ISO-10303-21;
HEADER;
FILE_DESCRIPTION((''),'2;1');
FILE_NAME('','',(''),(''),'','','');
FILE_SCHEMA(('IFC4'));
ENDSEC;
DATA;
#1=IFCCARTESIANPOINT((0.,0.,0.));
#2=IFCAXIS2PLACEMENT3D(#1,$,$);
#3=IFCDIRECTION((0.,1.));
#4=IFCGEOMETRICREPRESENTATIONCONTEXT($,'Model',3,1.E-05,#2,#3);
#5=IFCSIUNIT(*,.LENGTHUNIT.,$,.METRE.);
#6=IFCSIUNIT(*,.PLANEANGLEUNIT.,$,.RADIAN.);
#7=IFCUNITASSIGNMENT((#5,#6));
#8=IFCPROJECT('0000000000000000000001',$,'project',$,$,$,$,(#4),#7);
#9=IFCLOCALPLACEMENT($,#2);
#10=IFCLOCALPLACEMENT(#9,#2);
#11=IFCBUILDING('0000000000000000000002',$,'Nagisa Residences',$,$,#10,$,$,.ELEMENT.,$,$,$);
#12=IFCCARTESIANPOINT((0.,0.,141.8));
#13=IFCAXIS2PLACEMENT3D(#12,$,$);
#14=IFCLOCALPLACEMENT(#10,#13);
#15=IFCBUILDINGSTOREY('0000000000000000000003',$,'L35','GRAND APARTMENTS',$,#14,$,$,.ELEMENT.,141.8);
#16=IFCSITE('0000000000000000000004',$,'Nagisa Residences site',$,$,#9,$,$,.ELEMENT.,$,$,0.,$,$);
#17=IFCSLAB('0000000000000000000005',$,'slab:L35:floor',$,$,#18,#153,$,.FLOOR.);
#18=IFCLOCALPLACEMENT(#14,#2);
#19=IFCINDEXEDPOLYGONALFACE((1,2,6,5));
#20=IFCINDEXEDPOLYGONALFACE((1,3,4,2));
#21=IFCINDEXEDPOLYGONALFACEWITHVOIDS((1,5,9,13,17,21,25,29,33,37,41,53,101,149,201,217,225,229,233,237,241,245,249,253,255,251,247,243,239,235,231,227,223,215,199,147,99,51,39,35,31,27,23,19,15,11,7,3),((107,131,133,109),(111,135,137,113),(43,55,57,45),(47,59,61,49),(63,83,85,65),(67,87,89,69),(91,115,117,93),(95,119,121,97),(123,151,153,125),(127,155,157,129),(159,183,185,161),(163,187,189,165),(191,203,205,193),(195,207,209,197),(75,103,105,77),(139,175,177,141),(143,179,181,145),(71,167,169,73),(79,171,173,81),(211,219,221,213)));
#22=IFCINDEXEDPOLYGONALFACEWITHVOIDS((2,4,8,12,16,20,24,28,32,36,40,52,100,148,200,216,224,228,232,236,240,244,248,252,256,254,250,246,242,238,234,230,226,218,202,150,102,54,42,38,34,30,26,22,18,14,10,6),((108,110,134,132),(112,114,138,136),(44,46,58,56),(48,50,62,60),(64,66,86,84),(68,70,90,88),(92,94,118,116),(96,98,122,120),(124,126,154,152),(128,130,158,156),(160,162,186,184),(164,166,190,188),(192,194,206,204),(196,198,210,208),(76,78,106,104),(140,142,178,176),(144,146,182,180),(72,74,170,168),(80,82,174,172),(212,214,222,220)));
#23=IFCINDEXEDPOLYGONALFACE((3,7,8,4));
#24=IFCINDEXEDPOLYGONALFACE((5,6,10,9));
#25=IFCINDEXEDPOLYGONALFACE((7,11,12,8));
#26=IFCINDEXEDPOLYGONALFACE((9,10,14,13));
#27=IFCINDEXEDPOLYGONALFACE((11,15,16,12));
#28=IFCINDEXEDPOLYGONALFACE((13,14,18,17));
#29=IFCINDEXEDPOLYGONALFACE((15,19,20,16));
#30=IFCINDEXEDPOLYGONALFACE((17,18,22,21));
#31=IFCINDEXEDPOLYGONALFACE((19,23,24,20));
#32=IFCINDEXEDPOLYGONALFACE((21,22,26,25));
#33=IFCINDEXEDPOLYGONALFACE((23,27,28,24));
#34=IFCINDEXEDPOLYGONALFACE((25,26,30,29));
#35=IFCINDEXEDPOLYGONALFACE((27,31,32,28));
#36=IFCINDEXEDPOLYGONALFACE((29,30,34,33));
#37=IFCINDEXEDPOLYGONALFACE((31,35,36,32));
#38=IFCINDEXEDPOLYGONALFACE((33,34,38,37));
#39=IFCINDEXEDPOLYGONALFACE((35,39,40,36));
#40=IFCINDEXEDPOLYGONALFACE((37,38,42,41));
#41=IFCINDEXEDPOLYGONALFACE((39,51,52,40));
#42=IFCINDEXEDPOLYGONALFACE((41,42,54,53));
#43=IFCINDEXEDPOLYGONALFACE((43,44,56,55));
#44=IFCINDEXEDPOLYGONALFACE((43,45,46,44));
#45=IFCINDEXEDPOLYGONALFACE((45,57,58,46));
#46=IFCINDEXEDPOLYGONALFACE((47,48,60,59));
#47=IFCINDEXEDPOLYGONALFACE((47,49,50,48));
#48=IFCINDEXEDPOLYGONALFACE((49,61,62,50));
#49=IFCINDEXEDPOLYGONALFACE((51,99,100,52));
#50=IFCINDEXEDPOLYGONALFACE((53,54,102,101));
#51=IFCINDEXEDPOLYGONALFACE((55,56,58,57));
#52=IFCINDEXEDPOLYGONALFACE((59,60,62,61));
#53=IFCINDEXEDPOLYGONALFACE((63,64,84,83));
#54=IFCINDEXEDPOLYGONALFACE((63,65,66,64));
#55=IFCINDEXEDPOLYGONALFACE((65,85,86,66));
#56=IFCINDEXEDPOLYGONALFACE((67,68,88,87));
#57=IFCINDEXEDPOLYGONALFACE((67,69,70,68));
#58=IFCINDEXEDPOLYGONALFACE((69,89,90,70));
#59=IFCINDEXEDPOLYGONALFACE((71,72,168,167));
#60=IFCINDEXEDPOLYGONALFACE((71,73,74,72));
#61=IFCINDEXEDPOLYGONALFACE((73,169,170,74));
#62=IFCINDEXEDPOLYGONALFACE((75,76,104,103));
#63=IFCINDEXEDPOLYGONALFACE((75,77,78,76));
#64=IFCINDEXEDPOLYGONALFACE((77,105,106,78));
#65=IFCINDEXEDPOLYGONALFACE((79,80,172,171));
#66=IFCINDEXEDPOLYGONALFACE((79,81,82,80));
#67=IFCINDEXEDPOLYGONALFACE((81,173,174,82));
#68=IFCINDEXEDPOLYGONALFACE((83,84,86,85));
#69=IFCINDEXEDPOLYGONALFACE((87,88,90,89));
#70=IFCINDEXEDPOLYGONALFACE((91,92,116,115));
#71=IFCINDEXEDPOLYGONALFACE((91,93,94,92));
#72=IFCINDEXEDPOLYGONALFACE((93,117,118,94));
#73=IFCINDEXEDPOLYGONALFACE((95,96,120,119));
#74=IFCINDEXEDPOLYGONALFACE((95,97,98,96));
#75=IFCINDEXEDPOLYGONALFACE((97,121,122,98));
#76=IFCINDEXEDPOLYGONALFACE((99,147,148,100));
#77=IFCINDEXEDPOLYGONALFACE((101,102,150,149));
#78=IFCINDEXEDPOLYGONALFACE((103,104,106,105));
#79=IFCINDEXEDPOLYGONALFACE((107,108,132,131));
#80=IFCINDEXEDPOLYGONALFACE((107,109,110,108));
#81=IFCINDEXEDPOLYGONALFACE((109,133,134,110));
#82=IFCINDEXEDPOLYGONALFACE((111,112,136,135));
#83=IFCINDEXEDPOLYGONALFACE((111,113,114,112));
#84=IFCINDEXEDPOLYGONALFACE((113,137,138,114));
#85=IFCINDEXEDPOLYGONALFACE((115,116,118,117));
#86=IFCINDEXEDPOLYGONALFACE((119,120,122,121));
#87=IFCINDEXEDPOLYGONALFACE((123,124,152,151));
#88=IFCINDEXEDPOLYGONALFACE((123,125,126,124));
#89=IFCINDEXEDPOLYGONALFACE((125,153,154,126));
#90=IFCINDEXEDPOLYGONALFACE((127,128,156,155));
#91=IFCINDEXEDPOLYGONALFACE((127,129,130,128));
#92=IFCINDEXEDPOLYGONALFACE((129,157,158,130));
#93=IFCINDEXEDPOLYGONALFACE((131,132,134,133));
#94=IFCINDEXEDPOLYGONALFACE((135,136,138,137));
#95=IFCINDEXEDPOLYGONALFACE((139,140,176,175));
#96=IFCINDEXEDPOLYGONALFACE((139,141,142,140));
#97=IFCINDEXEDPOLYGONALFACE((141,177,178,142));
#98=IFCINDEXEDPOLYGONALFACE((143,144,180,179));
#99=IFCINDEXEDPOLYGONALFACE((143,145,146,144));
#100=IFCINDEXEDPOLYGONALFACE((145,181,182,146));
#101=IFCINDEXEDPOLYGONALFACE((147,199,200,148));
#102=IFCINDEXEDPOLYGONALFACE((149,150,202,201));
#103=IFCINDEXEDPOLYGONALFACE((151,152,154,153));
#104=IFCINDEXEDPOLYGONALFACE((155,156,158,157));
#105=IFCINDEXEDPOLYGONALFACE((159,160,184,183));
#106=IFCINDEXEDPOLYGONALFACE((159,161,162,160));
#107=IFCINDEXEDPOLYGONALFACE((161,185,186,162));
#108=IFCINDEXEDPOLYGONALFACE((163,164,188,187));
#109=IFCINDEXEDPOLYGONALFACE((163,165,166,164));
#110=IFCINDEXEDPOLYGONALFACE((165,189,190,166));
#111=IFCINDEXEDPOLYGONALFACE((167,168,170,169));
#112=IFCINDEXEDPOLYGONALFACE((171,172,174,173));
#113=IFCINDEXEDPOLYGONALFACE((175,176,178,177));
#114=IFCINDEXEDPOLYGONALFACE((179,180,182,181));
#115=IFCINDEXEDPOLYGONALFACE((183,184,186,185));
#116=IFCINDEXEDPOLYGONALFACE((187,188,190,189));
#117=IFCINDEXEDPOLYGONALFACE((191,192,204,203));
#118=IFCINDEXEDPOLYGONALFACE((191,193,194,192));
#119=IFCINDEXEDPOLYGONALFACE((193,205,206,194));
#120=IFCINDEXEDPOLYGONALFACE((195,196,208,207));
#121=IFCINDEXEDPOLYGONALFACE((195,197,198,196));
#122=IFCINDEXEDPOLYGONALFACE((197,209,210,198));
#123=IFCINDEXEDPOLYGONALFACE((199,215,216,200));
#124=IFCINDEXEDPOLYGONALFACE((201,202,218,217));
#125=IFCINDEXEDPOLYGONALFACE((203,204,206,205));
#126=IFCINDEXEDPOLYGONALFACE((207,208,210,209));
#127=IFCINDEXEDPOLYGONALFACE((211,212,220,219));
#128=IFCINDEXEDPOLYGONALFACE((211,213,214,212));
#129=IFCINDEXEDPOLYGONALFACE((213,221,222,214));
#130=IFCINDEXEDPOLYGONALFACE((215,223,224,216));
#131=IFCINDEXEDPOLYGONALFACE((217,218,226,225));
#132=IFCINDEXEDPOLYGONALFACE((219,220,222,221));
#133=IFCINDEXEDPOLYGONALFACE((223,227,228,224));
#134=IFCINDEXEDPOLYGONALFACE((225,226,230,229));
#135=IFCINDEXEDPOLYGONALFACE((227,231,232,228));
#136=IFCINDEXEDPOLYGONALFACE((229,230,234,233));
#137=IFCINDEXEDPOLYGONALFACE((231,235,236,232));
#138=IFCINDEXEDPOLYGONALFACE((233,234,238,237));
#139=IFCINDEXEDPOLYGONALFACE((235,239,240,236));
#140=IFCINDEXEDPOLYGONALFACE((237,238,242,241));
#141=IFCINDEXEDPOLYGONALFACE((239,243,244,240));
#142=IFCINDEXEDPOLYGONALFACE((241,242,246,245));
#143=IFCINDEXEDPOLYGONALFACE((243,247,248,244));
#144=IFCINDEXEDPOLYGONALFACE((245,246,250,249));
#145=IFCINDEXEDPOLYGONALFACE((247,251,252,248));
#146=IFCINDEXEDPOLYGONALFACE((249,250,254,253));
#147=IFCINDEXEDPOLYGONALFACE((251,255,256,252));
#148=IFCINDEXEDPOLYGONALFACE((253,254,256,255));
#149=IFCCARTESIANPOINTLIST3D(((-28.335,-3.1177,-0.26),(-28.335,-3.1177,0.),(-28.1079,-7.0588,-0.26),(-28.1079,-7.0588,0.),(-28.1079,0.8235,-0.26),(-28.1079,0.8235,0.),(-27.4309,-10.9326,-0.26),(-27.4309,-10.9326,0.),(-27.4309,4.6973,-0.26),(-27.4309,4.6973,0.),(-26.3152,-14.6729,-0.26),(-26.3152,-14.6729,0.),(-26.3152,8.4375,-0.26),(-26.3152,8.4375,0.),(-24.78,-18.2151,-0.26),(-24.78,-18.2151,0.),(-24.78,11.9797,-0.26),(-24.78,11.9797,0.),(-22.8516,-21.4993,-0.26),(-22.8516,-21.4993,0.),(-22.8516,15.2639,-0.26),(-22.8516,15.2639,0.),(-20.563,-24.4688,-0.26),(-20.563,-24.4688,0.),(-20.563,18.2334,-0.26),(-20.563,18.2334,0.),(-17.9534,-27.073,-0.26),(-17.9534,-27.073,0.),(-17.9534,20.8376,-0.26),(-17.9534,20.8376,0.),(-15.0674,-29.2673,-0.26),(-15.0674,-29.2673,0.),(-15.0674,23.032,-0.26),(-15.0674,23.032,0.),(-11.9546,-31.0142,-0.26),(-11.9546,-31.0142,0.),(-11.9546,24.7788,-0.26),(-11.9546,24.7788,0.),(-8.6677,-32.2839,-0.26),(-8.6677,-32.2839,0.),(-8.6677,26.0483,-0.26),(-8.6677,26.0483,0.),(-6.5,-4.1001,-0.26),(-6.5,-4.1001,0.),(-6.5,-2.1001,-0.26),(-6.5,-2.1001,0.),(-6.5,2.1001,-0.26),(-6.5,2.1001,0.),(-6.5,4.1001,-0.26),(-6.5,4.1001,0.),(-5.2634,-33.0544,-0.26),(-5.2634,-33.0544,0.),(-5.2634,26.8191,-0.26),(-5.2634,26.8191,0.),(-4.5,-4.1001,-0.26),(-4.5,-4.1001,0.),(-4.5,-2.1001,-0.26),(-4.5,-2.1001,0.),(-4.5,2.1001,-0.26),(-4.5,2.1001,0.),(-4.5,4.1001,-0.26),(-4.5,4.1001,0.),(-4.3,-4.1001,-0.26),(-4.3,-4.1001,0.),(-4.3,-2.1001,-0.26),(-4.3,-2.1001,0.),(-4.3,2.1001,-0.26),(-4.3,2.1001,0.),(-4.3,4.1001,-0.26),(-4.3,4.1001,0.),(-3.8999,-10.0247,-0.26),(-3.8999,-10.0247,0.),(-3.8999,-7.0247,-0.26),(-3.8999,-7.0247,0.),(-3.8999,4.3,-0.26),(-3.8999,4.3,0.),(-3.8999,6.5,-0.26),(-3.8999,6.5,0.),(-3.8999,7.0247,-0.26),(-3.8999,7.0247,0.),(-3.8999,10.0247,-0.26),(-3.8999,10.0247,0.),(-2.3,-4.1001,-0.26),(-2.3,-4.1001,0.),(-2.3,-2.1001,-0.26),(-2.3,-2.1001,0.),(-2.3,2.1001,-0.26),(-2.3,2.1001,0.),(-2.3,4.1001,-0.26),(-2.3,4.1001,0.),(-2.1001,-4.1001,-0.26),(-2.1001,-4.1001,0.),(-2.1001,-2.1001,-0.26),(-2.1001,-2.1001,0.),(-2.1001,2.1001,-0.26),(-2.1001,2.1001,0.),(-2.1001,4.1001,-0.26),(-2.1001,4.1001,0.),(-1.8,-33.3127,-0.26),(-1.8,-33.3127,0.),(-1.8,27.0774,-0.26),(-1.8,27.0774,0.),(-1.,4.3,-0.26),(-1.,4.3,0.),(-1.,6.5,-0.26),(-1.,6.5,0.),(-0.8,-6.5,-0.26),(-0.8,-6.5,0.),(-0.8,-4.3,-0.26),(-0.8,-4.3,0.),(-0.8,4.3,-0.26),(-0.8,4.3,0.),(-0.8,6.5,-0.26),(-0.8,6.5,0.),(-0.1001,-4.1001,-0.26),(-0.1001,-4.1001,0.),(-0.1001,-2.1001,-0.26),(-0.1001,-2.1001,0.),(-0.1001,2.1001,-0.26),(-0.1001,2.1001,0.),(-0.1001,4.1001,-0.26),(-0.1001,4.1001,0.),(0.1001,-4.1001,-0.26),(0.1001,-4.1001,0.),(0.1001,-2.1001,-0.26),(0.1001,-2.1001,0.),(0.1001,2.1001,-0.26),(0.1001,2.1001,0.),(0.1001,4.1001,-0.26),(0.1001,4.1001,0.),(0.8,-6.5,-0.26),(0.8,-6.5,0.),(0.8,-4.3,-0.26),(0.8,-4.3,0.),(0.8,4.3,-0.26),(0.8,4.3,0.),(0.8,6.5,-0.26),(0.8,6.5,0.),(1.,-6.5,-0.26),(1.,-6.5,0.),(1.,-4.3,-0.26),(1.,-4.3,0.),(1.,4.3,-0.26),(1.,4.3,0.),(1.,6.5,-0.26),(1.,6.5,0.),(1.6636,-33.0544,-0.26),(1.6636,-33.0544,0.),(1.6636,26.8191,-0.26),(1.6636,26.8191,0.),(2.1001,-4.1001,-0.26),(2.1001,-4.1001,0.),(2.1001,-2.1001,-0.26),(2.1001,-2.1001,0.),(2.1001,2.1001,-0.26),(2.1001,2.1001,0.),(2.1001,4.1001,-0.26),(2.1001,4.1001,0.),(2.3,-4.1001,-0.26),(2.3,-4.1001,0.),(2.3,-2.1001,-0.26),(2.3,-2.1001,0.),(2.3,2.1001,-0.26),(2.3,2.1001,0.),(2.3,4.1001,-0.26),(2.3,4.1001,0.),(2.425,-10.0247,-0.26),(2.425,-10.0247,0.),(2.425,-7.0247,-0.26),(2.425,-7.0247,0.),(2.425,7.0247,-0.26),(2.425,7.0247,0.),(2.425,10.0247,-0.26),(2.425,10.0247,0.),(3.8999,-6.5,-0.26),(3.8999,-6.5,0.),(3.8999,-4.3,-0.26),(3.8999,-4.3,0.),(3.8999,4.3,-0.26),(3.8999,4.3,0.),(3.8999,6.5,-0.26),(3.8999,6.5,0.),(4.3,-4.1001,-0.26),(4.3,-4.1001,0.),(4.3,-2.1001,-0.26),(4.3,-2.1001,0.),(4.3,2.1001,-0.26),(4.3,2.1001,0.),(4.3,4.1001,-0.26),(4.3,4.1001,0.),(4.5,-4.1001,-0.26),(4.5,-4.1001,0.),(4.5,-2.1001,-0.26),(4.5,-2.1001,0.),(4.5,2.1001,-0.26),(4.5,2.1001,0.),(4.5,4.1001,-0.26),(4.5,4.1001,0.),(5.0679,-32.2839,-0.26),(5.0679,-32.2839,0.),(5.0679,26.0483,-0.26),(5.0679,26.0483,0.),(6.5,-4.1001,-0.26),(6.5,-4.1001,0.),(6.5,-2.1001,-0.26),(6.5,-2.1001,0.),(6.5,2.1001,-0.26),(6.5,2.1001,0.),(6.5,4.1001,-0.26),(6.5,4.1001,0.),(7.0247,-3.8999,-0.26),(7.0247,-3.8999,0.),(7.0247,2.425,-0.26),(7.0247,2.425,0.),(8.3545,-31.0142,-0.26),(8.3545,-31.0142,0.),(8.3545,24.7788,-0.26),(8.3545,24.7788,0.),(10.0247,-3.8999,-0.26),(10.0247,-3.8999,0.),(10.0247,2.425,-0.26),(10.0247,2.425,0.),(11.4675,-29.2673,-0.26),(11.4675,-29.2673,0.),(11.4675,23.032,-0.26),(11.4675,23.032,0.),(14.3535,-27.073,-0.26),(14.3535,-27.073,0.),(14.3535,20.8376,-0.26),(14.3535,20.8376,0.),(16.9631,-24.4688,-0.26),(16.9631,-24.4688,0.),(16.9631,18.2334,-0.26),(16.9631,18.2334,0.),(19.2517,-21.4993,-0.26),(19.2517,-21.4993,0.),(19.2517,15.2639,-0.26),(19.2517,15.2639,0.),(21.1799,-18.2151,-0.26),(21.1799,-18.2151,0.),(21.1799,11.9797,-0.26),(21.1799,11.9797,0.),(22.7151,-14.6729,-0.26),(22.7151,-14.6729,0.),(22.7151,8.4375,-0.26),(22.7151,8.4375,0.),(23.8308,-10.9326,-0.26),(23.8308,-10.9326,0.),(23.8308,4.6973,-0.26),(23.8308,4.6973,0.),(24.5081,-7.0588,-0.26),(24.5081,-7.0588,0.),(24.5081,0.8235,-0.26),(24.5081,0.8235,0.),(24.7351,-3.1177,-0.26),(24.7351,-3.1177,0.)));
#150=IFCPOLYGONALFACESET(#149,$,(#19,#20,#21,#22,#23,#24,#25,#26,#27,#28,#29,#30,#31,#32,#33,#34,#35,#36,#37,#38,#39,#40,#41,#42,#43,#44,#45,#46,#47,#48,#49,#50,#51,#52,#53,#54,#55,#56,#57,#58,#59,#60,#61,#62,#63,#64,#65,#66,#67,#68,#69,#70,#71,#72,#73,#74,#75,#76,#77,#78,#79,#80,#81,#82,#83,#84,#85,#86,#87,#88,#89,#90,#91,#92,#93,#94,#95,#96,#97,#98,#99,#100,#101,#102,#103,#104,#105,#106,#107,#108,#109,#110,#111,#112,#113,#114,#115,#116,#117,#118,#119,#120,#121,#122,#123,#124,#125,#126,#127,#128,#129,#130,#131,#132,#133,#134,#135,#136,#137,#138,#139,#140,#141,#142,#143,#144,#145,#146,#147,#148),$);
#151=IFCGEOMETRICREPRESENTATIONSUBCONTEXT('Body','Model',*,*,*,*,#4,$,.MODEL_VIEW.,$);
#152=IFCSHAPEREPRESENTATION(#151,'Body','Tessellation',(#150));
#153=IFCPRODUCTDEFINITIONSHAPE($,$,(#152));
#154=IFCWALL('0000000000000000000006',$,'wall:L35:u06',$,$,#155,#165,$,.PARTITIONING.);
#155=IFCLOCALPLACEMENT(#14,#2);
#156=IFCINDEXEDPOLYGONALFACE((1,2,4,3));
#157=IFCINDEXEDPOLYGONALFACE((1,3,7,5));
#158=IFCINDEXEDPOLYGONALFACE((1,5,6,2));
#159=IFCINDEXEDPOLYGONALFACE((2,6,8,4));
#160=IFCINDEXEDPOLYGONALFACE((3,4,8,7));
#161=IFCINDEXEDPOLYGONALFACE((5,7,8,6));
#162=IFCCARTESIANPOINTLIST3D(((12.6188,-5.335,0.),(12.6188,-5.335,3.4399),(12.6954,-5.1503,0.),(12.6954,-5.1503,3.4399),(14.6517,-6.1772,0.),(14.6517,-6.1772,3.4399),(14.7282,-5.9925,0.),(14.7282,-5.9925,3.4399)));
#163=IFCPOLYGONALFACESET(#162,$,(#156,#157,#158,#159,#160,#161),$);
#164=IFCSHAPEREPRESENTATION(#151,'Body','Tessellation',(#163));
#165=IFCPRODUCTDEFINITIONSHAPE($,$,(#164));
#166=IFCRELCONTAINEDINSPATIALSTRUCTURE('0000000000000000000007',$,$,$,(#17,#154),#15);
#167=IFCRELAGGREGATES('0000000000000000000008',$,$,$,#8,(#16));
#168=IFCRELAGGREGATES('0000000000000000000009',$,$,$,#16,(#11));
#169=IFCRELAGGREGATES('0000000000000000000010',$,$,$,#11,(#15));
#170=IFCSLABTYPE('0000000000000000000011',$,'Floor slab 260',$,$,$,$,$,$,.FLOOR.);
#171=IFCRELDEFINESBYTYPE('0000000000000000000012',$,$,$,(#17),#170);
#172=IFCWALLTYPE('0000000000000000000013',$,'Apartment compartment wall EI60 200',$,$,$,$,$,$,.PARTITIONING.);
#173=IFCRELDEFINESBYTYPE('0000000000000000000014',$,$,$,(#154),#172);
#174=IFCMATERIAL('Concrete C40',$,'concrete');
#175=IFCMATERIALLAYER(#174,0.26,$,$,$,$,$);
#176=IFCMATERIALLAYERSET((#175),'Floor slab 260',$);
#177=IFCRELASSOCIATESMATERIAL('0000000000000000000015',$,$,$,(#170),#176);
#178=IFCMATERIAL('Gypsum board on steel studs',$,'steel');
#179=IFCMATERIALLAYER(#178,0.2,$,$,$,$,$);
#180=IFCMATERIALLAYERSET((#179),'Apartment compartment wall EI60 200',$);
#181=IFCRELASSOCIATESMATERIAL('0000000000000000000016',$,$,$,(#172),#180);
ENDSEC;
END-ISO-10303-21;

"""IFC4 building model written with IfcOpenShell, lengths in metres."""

from ifc_helpers import new_model, si_unit, direction, frame, frame_2d, origin, place, context, subcontext, project, spatial, polyline, rectangle, outline, extrude, material, layer, layer_set, type_object, element, save


model = new_model("IFC4")

# Units and contexts
model_context = context("Model", 3, precision=1e-05, world=origin(), true_north=direction((0.0, 1.0)))
body_context = subcontext(model_context, "Body", "Model", "MODEL_VIEW")
ifc_project = project(units=[si_unit("LENGTHUNIT", "METRE"), si_unit("PLANEANGLEUNIT", "RADIAN")], contexts=[model_context])

# Site, building, storey
site_placement = place(None, origin())
site = spatial("IfcSite", under=ifc_project, at=site_placement, Name="Nagisa Residences site", CompositionType="ELEMENT", RefElevation=0.0)
building_placement = place(site_placement, origin())
building = spatial("IfcBuilding", under=site, at=building_placement, Name="Nagisa Residences", CompositionType="ELEMENT")
storey_placement = place(building_placement, frame((0.0, 0.0, 141.8)))
storey = spatial("IfcBuildingStorey", under=building, at=storey_placement, Name="L35", Description="GRAND APARTMENTS", CompositionType="ELEMENT", Elevation=141.8)

# Slab
ifc_material_1 = material(Name="Concrete C40", Category="concrete")
ifc_layer_1 = layer(ifc_material_1, 0.26)
ifc_layer_set_1 = layer_set([ifc_layer_1], Name="Floor slab 260")
slab_type_1 = type_object("IfcSlabType", Name="Floor slab 260", PredefinedType="FLOOR", material=ifc_layer_set_1)
slab_1_placement = place(storey_placement, frame((0.0, 0.0, -0.26)))
element("IfcSlab", 1, at=slab_1_placement, inside=storey, type_object=slab_type_1, Name="slab:L35:floor", PredefinedType="FLOOR", context=body_context, shape_type="SweptSolid", body=[
    extrude(outline(polyline([(24.7351, -3.1177), (24.5081, 0.8235), (23.8308, 4.6973), (22.7151, 8.4375), (21.1799, 11.9797), (19.2517, 15.2639), (16.9631, 18.2334), (14.3535, 20.8376), (11.4675, 23.032), (8.3545, 24.7788), (5.0679, 26.0483), (1.6636, 26.8191), (-1.8, 27.0774), (-5.2634, 26.8191), (-8.6677, 26.0483), (-11.9546, 24.7788), (-15.0674, 23.032), (-17.9534, 20.8376), (-20.563, 18.2334), (-22.8516, 15.2639), (-24.78, 11.9797), (-26.3152, 8.4375), (-27.4309, 4.6973), (-28.1079, 0.8235), (-28.335, -3.1177), (-28.1079, -7.0588), (-27.4309, -10.9326), (-26.3152, -14.6729), (-24.78, -18.2151), (-22.8516, -21.4993), (-20.563, -24.4688), (-17.9534, -27.073), (-15.0674, -29.2673), (-11.9546, -31.0142), (-8.6677, -32.2839), (-5.2634, -33.0544), (-1.8, -33.3127), (1.6636, -33.0544), (5.0679, -32.2839), (8.3545, -31.0142), (11.4675, -29.2673), (14.3535, -27.073), (16.9631, -24.4688), (19.2517, -21.4993), (21.1799, -18.2151), (22.7151, -14.6729), (23.8308, -10.9326), (24.5081, -7.0588), (24.7351, -3.1177)]), holes=[polyline([(-4.5, 2.1001), (-4.5, 4.1001), (-6.5, 4.1001), (-6.5, 2.1001), (-4.5, 2.1001)]), polyline([(-2.3, 2.1001), (-2.3, 4.1001), (-4.3, 4.1001), (-4.3, 2.1001), (-2.3, 2.1001)]), polyline([(-0.1001, 2.1001), (-0.1001, 4.1001), (-2.1001, 4.1001), (-2.1001, 2.1001), (-0.1001, 2.1001)]), polyline([(2.1001, 2.1001), (2.1001, 4.1001), (0.1001, 4.1001), (0.1001, 2.1001), (2.1001, 2.1001)]), polyline([(4.3, 2.1001), (4.3, 4.1001), (2.3, 4.1001), (2.3, 2.1001), (4.3, 2.1001)]), polyline([(6.5, 2.1001), (6.5, 4.1001), (4.5, 4.1001), (4.5, 2.1001), (6.5, 2.1001)]), polyline([(-4.5, -4.1001), (-4.5, -2.1001), (-6.5, -2.1001), (-6.5, -4.1001), (-4.5, -4.1001)]), polyline([(-2.3, -4.1001), (-2.3, -2.1001), (-4.3, -2.1001), (-4.3, -4.1001), (-2.3, -4.1001)]), polyline([(-0.1001, -4.1001), (-0.1001, -2.1001), (-2.1001, -2.1001), (-2.1001, -4.1001), (-0.1001, -4.1001)]), polyline([(2.1001, -4.1001), (2.1001, -2.1001), (0.1001, -2.1001), (0.1001, -4.1001), (2.1001, -4.1001)]), polyline([(4.3, -4.1001), (4.3, -2.1001), (2.3, -2.1001), (2.3, -4.1001), (4.3, -4.1001)]), polyline([(6.5, -4.1001), (6.5, -2.1001), (4.5, -2.1001), (4.5, -4.1001), (6.5, -4.1001)]), polyline([(3.8999, 4.3), (3.8999, 6.5), (1.0, 6.5), (1.0, 4.3), (3.8999, 4.3)]), polyline([(3.8999, -6.5), (3.8999, -4.3), (1.0, -4.3), (1.0, -6.5), (3.8999, -6.5)]), polyline([(-1.0, 4.3), (-1.0, 6.5), (-3.8999, 6.5), (-3.8999, 4.3), (-1.0, 4.3)]), polyline([(0.8, 4.3), (0.8, 6.5), (-0.8, 6.5), (-0.8, 4.3), (0.8, 4.3)]), polyline([(0.8, -6.5), (0.8, -4.3), (-0.8, -4.3), (-0.8, -6.5), (0.8, -6.5)]), polyline([(10.0247, -3.8999), (7.0247, -3.8999), (7.0247, 2.425), (10.0247, 2.425), (10.0247, -3.8999)]), polyline([(-3.8999, 7.0247), (-3.8999, 10.0247), (2.425, 10.0247), (2.425, 7.0247), (-3.8999, 7.0247)]), polyline([(-3.8999, -10.0247), (-3.8999, -7.0247), (2.425, -7.0247), (2.425, -10.0247), (-3.8999, -10.0247)])]), origin(), (0.0, 0.0, 1.0), 0.26),
])

# Wall
ifc_material_2 = material(Name="Gypsum board on steel studs", Category="steel")
ifc_layer_2 = layer(ifc_material_2, 0.2)
ifc_layer_set_2 = layer_set([ifc_layer_2], Name="Apartment compartment wall EI60 200")
wall_type_1 = type_object("IfcWallType", Name="Apartment compartment wall EI60 200", PredefinedType="PARTITIONING", material=ifc_layer_set_2)
wall_1_placement = place(storey_placement, frame((12.6572, -5.2427, 0.0), z_axis=(0.0, 0.0, 1.0), x_axis=(0.923846, -0.382763, 0.0)))
element("IfcWall", 2, at=wall_1_placement, inside=storey, type_object=wall_type_1, Name="wall:L35:u06", PredefinedType="PARTITIONING", context=body_context, shape_type="SweptSolid", body=[
    extrude(rectangle(XDim=2.2004, YDim=0.2, at=frame_2d((1.1001, 0.0))), origin(), (0.0, 0.0, 1.0), 3.4399),
])

save(model, "model.ifc")
